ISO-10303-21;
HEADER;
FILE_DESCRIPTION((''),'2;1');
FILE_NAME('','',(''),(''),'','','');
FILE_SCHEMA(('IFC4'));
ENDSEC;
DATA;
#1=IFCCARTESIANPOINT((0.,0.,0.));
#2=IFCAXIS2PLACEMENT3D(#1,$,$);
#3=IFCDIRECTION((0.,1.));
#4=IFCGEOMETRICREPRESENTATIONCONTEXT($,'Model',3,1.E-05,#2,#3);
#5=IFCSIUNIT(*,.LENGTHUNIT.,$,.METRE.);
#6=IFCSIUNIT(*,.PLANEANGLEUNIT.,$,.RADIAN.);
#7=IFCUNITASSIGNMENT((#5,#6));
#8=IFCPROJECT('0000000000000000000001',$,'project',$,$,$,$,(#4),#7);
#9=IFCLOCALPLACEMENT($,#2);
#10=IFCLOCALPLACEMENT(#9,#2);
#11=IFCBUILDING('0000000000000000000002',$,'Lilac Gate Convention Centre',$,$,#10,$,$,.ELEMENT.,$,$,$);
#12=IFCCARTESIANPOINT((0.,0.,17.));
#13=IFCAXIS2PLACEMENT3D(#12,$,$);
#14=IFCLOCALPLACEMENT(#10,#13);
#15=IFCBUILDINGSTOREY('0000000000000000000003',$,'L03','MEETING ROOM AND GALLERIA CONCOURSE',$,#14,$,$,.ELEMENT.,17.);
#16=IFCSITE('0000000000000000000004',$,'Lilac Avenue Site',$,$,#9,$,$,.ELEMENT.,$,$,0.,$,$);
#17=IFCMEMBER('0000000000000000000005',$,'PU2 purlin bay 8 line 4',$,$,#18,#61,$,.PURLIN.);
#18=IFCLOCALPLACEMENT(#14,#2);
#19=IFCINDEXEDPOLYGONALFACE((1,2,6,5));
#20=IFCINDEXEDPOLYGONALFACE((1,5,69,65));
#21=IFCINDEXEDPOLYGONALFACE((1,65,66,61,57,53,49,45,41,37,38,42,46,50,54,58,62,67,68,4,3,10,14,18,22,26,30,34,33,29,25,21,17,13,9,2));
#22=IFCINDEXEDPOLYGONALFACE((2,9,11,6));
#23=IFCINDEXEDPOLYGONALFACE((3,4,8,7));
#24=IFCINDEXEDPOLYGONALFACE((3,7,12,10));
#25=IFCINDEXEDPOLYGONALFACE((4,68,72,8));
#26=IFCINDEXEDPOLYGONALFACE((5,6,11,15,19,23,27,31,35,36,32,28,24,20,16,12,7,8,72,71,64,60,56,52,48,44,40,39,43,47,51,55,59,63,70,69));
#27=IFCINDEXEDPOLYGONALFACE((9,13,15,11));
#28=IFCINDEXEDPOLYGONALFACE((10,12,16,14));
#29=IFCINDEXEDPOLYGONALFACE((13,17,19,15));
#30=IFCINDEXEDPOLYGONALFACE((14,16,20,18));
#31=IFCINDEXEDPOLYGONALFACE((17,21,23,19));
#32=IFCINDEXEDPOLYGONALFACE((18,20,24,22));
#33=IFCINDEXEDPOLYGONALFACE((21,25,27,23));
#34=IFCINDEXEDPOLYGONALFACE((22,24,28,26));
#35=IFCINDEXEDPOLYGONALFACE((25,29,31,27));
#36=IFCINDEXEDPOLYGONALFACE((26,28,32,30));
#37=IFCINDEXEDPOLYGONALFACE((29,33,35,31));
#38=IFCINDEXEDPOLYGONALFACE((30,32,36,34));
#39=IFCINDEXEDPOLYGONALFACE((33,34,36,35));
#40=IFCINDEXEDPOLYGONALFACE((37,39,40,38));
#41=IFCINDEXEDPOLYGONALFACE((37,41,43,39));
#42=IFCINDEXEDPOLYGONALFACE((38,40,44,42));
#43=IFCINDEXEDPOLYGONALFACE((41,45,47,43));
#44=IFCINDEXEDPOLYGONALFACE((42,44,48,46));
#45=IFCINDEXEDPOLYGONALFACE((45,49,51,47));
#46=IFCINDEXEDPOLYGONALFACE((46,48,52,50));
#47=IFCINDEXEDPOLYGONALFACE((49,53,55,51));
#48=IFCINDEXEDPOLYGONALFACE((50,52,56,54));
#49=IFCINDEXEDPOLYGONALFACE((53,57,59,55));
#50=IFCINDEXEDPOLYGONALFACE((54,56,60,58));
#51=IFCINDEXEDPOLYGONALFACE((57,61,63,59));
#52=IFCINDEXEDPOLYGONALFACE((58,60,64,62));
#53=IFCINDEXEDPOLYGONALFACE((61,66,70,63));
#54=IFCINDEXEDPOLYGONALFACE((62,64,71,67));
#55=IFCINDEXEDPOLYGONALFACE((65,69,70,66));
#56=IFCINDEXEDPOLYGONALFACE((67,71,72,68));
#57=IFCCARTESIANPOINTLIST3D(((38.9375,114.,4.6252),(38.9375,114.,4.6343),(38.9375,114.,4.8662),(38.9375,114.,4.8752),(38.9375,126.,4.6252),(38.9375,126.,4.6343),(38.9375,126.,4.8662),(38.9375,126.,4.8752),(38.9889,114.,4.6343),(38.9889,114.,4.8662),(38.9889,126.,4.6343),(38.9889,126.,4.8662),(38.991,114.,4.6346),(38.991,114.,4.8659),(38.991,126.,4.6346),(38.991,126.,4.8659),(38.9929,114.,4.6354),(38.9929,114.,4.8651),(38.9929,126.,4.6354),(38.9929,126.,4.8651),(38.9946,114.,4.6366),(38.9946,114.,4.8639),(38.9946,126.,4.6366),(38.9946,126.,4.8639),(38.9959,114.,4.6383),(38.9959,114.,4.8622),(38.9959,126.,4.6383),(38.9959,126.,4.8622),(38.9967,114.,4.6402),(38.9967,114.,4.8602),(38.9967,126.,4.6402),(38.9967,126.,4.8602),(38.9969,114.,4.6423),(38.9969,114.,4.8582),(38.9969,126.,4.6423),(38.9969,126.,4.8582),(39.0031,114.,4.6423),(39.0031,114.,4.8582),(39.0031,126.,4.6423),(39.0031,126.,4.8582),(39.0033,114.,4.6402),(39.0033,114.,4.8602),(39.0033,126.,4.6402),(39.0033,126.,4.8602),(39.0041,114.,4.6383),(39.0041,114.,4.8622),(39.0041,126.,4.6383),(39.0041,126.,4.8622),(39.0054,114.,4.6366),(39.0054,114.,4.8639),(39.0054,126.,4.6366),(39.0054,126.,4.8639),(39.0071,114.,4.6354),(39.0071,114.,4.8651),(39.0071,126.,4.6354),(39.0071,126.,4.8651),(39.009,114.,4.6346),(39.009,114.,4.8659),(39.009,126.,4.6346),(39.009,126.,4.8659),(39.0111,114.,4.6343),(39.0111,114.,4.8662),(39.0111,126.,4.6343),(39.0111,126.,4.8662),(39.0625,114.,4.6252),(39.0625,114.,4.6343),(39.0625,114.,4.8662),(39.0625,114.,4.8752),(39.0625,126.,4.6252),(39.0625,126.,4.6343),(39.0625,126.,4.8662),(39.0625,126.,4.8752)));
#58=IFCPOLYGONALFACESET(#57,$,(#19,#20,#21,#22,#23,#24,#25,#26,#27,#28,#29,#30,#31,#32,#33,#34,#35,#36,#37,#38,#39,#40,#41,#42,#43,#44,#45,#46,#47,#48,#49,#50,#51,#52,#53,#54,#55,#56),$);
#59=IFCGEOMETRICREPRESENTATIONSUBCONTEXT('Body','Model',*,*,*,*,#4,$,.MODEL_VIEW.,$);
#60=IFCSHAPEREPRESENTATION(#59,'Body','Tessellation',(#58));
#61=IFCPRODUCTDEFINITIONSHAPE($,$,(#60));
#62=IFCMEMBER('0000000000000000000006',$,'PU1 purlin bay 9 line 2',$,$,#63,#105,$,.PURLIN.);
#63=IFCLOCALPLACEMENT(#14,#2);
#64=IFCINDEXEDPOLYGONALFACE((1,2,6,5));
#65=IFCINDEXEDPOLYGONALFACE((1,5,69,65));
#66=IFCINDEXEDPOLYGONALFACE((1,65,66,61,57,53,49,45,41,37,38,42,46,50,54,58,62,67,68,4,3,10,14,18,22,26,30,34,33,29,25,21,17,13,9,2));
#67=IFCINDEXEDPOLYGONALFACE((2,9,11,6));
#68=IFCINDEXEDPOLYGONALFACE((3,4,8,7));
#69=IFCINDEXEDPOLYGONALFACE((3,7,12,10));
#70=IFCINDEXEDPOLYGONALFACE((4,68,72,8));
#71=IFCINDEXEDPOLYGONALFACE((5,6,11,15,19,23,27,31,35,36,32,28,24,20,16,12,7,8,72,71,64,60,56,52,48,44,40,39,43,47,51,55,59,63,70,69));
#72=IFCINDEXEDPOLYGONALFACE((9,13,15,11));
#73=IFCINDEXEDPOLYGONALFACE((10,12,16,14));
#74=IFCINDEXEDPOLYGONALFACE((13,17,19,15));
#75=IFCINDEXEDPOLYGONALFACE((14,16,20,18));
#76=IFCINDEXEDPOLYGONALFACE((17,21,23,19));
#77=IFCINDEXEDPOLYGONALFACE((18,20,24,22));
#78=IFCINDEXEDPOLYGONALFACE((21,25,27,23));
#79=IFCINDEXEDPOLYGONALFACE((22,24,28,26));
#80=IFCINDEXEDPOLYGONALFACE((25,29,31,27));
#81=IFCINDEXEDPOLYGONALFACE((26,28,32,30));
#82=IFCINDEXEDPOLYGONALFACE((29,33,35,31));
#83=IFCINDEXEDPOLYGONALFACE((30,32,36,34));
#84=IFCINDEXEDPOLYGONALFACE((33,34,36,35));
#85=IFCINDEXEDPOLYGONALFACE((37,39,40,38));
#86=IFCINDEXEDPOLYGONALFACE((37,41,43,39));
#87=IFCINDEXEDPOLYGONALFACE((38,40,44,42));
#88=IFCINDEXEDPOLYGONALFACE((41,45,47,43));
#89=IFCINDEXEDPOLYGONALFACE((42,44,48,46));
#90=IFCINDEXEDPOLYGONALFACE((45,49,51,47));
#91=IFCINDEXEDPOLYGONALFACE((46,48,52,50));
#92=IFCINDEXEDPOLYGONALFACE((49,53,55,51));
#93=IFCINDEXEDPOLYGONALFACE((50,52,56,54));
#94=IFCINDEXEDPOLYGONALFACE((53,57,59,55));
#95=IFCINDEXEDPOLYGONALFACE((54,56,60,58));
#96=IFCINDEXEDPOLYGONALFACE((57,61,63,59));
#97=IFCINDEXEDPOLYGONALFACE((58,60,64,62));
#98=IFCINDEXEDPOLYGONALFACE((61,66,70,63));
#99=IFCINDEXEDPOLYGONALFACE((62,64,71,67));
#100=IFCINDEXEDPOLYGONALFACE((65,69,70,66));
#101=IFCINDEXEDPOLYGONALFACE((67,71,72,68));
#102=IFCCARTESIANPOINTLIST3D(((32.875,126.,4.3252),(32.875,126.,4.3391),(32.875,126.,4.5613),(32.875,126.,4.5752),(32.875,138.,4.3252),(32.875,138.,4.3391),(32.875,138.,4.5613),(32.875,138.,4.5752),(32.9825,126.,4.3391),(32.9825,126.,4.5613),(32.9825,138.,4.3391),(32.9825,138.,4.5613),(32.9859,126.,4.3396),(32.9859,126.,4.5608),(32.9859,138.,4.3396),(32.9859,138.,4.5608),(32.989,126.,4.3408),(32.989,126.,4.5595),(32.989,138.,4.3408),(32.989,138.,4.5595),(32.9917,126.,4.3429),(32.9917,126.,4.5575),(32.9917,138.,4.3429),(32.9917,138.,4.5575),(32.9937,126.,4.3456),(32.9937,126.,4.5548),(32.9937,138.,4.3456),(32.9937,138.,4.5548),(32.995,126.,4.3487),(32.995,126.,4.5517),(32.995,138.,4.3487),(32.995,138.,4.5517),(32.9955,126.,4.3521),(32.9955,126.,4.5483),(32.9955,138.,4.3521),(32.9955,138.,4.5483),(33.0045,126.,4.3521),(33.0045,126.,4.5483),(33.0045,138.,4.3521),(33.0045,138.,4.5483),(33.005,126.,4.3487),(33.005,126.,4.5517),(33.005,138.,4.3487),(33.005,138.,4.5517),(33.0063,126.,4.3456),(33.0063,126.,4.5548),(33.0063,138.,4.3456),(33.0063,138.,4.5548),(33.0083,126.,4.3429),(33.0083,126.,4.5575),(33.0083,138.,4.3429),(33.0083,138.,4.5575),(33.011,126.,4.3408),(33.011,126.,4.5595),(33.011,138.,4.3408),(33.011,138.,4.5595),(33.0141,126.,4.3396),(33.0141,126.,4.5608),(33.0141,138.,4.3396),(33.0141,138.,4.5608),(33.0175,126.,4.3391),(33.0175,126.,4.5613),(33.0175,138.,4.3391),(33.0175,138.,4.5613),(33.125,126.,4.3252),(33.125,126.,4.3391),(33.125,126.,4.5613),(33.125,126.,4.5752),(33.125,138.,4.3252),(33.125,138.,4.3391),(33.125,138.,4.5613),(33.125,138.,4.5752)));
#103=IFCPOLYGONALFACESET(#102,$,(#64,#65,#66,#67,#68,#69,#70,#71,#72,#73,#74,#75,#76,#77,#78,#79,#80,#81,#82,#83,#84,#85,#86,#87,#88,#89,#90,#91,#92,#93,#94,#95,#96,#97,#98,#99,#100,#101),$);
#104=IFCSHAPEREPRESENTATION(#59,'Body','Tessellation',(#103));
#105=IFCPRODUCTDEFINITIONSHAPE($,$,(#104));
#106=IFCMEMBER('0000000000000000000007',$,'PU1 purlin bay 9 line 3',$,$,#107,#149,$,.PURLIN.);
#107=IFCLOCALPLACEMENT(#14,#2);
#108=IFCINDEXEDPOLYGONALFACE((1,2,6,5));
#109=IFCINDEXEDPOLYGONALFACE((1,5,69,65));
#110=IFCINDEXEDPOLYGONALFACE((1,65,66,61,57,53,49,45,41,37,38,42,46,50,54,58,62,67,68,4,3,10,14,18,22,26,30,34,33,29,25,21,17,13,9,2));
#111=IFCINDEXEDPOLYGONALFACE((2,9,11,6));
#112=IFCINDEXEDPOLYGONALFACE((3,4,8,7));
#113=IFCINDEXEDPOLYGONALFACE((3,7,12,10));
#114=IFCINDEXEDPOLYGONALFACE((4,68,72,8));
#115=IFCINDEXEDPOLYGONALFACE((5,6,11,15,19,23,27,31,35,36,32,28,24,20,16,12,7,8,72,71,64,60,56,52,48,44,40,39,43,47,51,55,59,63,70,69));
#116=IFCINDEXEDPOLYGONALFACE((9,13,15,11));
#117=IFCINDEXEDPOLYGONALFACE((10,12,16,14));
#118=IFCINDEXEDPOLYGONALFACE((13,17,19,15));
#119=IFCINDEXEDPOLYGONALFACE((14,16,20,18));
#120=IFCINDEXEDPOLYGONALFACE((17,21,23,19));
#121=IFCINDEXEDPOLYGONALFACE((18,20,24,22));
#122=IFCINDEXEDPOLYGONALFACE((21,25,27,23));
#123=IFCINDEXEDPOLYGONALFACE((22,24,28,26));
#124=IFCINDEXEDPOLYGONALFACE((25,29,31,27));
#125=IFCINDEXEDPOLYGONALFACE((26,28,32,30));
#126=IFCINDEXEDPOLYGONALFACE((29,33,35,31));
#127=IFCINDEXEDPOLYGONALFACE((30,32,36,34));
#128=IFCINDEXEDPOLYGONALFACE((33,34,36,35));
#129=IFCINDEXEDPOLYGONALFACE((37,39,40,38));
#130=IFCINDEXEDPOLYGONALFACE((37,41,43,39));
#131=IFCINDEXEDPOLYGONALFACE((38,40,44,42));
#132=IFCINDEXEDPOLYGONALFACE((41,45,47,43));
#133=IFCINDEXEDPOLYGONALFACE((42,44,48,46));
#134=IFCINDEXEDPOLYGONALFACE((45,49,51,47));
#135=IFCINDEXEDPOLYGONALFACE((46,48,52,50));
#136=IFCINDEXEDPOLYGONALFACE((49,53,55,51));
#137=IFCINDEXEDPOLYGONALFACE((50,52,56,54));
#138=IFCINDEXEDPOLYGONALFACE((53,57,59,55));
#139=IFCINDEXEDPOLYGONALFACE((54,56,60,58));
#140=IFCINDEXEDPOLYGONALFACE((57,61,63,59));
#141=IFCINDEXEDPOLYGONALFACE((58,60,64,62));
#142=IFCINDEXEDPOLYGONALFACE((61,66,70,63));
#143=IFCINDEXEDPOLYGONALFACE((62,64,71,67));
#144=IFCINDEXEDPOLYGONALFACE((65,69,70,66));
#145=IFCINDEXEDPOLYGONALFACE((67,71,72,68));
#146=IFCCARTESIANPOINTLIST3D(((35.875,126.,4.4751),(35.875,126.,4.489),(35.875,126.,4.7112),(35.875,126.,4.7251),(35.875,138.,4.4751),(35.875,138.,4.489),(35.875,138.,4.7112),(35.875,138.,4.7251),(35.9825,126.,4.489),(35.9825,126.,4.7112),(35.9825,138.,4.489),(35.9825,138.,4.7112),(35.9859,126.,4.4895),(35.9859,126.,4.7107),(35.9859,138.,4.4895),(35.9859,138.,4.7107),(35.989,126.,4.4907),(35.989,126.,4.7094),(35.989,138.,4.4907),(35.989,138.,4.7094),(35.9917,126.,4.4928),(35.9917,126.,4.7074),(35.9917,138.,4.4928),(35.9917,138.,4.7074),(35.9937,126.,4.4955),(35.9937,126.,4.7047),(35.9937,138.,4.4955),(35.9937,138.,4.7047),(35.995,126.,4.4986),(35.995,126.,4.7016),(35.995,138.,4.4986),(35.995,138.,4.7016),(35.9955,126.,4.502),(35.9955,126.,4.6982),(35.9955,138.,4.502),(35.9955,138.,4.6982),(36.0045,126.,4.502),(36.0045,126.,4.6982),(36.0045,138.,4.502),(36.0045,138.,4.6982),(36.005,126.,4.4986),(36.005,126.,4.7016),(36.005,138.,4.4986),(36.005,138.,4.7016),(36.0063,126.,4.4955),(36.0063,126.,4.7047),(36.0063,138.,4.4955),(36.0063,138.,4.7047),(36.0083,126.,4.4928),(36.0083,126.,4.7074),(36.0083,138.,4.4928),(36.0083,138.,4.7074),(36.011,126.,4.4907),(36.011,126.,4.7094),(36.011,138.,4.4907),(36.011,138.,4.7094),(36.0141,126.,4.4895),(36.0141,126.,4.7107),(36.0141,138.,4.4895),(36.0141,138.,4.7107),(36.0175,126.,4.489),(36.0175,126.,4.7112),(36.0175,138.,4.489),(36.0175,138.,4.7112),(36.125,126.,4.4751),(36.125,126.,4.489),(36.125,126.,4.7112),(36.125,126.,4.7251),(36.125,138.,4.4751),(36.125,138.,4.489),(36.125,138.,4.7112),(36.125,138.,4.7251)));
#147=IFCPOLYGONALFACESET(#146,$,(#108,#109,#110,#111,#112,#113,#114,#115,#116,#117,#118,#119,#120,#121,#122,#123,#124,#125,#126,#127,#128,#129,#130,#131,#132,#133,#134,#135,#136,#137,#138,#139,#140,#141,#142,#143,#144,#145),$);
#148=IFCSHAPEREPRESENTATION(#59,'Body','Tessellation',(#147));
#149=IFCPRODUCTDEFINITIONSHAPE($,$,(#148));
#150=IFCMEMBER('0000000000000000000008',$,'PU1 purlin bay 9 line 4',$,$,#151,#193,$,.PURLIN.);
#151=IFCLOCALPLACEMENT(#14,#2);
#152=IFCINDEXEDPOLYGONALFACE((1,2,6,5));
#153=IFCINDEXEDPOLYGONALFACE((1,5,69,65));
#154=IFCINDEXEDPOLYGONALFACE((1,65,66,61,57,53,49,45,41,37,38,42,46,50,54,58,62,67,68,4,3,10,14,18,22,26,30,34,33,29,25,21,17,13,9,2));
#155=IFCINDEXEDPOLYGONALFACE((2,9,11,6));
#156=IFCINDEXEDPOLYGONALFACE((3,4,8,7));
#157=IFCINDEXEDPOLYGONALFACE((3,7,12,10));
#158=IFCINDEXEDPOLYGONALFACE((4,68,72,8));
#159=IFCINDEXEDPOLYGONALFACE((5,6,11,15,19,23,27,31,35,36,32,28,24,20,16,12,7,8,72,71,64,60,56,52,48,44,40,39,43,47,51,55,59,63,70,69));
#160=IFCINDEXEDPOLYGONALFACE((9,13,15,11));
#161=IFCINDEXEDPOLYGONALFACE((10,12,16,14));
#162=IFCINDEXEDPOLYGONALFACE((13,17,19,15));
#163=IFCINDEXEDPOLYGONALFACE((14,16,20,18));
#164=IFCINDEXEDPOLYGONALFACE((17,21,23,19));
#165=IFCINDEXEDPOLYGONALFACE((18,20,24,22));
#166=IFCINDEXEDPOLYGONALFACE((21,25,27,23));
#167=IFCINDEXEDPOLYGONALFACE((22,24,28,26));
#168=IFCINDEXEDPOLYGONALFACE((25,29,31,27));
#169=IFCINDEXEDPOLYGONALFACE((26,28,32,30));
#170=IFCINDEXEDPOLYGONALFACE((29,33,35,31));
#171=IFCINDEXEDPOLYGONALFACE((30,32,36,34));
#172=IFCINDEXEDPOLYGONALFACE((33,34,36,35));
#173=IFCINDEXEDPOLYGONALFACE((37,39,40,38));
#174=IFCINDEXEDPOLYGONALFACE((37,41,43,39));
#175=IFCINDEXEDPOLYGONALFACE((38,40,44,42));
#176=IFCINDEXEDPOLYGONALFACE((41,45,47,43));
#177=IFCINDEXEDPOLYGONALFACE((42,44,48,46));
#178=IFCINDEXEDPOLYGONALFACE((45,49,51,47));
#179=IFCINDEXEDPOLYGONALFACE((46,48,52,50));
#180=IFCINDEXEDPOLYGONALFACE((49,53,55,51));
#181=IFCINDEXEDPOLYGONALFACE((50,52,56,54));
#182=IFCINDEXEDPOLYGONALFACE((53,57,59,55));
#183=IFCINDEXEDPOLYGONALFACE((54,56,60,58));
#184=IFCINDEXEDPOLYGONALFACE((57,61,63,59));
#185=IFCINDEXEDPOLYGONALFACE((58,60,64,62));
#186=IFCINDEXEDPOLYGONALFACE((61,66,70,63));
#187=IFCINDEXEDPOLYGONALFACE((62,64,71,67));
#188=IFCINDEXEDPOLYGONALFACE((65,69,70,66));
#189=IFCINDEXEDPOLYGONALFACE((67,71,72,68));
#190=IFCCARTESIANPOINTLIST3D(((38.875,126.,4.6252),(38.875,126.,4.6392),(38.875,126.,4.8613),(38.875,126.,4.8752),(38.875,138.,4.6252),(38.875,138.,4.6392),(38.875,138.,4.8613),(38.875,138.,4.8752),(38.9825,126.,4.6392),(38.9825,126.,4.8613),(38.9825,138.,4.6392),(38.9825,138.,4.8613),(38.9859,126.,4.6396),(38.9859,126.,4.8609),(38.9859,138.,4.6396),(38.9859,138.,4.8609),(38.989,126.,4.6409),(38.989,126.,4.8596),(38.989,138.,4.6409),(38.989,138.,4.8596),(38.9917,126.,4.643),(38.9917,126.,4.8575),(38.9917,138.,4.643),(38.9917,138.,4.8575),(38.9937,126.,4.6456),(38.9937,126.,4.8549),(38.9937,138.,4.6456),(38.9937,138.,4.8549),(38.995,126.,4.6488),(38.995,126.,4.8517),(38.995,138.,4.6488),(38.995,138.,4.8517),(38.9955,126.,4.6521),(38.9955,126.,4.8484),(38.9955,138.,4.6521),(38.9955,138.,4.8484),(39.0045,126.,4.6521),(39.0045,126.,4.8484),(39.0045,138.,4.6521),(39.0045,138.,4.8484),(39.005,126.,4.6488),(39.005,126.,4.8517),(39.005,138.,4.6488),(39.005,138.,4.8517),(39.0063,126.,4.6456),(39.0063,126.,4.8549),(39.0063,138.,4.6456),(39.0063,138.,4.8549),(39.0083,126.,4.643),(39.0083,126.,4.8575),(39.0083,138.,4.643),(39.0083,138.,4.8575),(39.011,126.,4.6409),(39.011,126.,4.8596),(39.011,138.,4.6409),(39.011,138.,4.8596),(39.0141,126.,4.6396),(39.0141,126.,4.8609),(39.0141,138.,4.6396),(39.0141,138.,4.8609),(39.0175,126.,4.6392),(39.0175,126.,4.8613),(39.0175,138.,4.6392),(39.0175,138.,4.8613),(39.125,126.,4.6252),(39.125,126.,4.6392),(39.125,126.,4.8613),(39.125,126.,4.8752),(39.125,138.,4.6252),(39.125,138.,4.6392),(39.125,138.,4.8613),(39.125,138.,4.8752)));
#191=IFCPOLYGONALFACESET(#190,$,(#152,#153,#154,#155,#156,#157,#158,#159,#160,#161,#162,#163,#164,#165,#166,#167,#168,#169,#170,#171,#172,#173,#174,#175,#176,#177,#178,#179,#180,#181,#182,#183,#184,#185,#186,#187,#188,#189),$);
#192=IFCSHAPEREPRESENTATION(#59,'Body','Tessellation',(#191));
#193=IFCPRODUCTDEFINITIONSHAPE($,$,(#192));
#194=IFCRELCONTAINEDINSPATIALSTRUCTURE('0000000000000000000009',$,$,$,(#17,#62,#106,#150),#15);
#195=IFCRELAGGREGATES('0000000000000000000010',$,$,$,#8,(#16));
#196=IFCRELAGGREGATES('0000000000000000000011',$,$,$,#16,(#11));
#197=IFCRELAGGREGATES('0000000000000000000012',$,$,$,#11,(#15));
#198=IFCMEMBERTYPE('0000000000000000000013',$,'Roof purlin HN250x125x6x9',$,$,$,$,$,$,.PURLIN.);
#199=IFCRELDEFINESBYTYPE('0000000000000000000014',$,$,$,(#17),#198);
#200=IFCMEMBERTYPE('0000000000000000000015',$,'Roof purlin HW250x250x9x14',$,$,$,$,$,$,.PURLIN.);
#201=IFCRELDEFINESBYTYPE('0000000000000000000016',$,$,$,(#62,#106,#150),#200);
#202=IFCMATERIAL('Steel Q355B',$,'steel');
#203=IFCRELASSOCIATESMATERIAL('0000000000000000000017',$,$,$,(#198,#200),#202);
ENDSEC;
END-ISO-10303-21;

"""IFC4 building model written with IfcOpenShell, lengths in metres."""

from ifc_helpers import new_model, si_unit, direction, frame, origin, origin_2d, place, context, subcontext, project, spatial, i_section, extrude, material, material_profile, profile_set, type_object, element, save


model = new_model("IFC4")

# Units and contexts
model_context = context("Model", 3, precision=1e-05, world=origin(), true_north=direction((0.0, 1.0)))
body_context = subcontext(model_context, "Body", "Model", "MODEL_VIEW")
ifc_project = project(units=[si_unit("LENGTHUNIT", "METRE"), si_unit("PLANEANGLEUNIT", "RADIAN")], contexts=[model_context])

# Site, building, storey
site_placement = place(None, origin())
site = spatial("IfcSite", under=ifc_project, at=site_placement, Name="Lilac Avenue Site", CompositionType="ELEMENT", RefElevation=0.0)
building_placement = place(site_placement, origin())
building = spatial("IfcBuilding", under=site, at=building_placement, Name="Lilac Gate Convention Centre", CompositionType="ELEMENT")
storey_placement = place(building_placement, frame((0.0, 0.0, 17.0)))
storey = spatial("IfcBuildingStorey", under=building, at=storey_placement, Name="L03", Description="MEETING ROOM AND GALLERIA CONCOURSE", CompositionType="ELEMENT", Elevation=17.0)

# Members
ifc_material = material(Name="Steel Q355B", Category="steel")
ifc_material_profile_1 = material_profile(ifc_material, i_section(OverallWidth=0.125, OverallDepth=0.25, WebThickness=0.0061, FlangeThickness=0.009, FilletRadius=0.0081, at=origin_2d()), Name="HN250x125x6x9")
ifc_profile_set_1 = profile_set([ifc_material_profile_1], Name="Steel Q355B")
member_type_1 = type_object("IfcMemberType", Name="Roof purlin HN250x125x6x9", PredefinedType="PURLIN", material=ifc_profile_set_1)
for number, where, z_axis, x_axis, name in (
    (1, (39.0, 114.0, 4.7502), (0.0, 1.0, 0.0), (-1.0, 0.0, 0.0), "PU2 purlin bay 8 line 4"),
):
    element("IfcMember", number, at=place(storey_placement, frame(where, z_axis=z_axis, x_axis=x_axis)), inside=storey, type_object=member_type_1, Name=name, PredefinedType="PURLIN", context=body_context, shape_type="SweptSolid", body=[
        extrude(i_section(OverallWidth=0.125, OverallDepth=0.25, WebThickness=0.0061, FlangeThickness=0.009, FilletRadius=0.0081, at=origin_2d()), origin(), (0.0, 0.0, 1.0), 12.0),
    ])
ifc_material_profile_2 = material_profile(ifc_material, i_section(OverallWidth=0.25, OverallDepth=0.25, WebThickness=0.009, FlangeThickness=0.0139, FilletRadius=0.0129, at=origin_2d()), Name="HW250x250x9x14")
ifc_profile_set_2 = profile_set([ifc_material_profile_2], Name="Steel Q355B")
member_type_2 = type_object("IfcMemberType", Name="Roof purlin HW250x250x9x14", PredefinedType="PURLIN", material=ifc_profile_set_2)
for number, where, z_axis, x_axis, name in (
    (2, (33.0, 126.0, 4.4502), (0.0, 1.0, 0.0), (-1.0, 0.0, 0.0), "PU1 purlin bay 9 line 2"),
    (3, (36.0, 126.0, 4.6001), (0.0, 1.0, 0.0), (-1.0, 0.0, 0.0), "PU1 purlin bay 9 line 3"),
    (4, (39.0, 126.0, 4.7502), (0.0, 1.0, 0.0), (-1.0, 0.0, 0.0), "PU1 purlin bay 9 line 4"),
):
    element("IfcMember", number, at=place(storey_placement, frame(where, z_axis=z_axis, x_axis=x_axis)), inside=storey, type_object=member_type_2, Name=name, PredefinedType="PURLIN", context=body_context, shape_type="SweptSolid", body=[
        extrude(i_section(OverallWidth=0.25, OverallDepth=0.25, WebThickness=0.009, FlangeThickness=0.0139, FilletRadius=0.0129, at=origin_2d()), origin(), (0.0, 0.0, 1.0), 12.0),
    ])

save(model, "model.ifc")
